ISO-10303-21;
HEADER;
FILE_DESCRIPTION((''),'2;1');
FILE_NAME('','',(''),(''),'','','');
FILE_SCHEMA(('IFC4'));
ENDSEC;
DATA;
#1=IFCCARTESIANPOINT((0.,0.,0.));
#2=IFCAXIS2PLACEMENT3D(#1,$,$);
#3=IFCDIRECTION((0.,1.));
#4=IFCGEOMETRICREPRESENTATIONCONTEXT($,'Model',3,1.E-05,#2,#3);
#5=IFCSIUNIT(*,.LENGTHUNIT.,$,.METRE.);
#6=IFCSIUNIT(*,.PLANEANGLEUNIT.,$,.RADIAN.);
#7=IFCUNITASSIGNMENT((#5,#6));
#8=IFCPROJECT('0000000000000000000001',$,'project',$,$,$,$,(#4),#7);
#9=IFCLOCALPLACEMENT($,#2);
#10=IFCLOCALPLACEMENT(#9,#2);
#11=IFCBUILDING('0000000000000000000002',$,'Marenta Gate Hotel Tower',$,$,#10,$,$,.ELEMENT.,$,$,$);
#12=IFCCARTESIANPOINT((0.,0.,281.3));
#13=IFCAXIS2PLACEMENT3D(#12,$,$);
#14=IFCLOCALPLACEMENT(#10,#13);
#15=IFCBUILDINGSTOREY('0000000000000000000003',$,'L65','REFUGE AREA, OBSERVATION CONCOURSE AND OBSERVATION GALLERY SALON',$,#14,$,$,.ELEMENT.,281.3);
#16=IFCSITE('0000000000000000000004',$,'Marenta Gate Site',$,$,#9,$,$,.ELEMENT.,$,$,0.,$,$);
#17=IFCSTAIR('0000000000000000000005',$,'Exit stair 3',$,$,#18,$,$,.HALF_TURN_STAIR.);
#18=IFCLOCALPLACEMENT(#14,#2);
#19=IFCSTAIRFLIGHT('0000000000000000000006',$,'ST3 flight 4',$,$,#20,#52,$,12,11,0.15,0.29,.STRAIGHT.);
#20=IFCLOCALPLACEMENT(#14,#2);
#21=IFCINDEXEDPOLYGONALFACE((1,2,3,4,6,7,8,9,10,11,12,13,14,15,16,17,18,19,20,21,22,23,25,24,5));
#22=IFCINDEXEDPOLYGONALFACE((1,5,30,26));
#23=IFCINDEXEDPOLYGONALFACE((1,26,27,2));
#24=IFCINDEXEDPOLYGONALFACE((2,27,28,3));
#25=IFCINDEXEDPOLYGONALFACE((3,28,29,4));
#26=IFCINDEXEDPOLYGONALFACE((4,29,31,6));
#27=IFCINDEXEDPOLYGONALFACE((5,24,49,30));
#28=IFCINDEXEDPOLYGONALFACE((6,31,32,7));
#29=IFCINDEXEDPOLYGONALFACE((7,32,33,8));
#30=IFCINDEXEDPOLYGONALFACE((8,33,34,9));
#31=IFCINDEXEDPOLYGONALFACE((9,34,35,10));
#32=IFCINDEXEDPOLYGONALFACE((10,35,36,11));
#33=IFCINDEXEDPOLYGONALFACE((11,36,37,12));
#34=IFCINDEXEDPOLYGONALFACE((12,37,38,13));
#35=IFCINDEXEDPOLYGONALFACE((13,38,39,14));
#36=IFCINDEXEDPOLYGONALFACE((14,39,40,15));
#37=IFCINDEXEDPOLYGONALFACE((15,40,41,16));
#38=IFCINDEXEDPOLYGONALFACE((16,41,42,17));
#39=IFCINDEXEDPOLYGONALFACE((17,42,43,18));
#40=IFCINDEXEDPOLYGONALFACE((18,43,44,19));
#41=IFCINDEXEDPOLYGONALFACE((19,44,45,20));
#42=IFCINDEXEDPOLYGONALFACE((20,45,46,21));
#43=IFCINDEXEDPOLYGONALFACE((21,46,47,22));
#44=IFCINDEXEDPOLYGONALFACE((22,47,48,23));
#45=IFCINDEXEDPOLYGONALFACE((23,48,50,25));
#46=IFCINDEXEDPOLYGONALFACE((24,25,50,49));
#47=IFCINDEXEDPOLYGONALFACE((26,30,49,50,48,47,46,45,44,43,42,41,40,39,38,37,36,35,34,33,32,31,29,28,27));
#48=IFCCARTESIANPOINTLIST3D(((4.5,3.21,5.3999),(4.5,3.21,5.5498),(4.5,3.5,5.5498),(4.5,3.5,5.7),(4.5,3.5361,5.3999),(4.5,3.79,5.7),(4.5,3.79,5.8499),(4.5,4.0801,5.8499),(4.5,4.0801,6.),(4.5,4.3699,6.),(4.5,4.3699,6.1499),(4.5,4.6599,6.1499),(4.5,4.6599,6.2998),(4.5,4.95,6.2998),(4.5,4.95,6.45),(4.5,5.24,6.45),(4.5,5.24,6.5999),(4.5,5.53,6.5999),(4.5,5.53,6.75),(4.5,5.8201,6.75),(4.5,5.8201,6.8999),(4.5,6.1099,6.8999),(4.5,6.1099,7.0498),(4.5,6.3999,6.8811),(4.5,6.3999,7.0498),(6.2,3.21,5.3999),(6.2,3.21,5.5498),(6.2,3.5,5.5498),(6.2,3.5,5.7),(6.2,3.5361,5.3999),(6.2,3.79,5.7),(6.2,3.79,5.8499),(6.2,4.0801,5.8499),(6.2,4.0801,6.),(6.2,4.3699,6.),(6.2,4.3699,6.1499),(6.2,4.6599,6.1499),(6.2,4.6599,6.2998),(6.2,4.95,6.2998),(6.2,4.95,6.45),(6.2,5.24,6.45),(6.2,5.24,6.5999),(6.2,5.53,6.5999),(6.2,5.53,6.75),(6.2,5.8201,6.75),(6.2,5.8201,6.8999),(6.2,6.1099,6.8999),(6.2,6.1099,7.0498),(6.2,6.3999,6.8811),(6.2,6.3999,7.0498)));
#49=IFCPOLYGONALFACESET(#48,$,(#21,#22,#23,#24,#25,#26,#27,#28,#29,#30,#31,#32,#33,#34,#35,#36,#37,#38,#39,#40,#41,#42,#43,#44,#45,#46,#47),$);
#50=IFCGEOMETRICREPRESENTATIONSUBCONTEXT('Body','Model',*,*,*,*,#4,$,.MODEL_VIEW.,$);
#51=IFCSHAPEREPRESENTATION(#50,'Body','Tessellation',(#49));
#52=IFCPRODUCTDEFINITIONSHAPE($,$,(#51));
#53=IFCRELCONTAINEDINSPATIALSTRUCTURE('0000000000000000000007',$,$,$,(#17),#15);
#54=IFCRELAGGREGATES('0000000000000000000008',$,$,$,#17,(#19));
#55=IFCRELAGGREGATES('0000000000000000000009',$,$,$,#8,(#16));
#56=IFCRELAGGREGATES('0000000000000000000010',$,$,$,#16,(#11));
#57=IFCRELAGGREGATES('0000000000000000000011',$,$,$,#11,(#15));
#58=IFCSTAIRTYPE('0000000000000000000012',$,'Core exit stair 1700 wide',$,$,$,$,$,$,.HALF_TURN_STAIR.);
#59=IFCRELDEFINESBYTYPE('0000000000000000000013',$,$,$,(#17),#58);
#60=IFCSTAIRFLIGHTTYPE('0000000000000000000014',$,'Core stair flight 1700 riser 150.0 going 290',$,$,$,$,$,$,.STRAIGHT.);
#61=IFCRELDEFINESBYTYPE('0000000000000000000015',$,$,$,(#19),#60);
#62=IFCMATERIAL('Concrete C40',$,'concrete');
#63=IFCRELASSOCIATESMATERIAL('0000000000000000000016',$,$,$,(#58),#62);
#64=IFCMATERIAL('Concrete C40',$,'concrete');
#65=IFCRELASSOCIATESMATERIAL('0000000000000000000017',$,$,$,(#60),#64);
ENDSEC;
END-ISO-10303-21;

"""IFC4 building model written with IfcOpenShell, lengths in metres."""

from ifc_helpers import new_model, si_unit, direction, frame, origin, place, context, subcontext, project, spatial, polyline, outline, extrude, material, type_object, element, aggregate, save


model = new_model("IFC4")

# Units and contexts
model_context = context("Model", 3, precision=1e-05, world=origin(), true_north=direction((0.0, 1.0)))
body_context = subcontext(model_context, "Body", "Model", "MODEL_VIEW")
ifc_project = project(units=[si_unit("LENGTHUNIT", "METRE"), si_unit("PLANEANGLEUNIT", "RADIAN")], contexts=[model_context])

# Site, building, storey
site_placement = place(None, origin())
site = spatial("IfcSite", under=ifc_project, at=site_placement, Name="Marenta Gate Site", CompositionType="ELEMENT", RefElevation=0.0)
building_placement = place(site_placement, origin())
building = spatial("IfcBuilding", under=site, at=building_placement, Name="Marenta Gate Hotel Tower", CompositionType="ELEMENT")
storey_placement = place(building_placement, frame((0.0, 0.0, 281.3)))
storey = spatial("IfcBuildingStorey", under=building, at=storey_placement, Name="L65", Description="REFUGE AREA, OBSERVATION CONCOURSE AND OBSERVATION GALLERY SALON", CompositionType="ELEMENT", Elevation=281.3)

# Stair, stair flight
ifc_material_1 = material(Name="Concrete C40", Category="concrete")
stair_type_1 = type_object("IfcStairType", Name="Core exit stair 1700 wide", PredefinedType="HALF_TURN_STAIR", material=ifc_material_1)
stair_1_placement = place(storey_placement, origin())
stair_1 = element("IfcStair", 1, at=stair_1_placement, inside=storey, type_object=stair_type_1, Name="Exit stair 3", PredefinedType="HALF_TURN_STAIR")
ifc_material_2 = material(Name="Concrete C40", Category="concrete")
stair_flight_type = type_object("IfcStairFlightType", Name="Core stair flight 1700 riser 150.0 going 290", PredefinedType="STRAIGHT", material=ifc_material_2)
stair_flight_1_placement = place(storey_placement, frame((5.3501, 3.21, 5.3999), z_axis=(0.0, 0.0, 1.0), x_axis=(0.0, 1.0, 0.0)))
stair_flight_1 = element("IfcStairFlight", 2, at=stair_flight_1_placement, type_object=stair_flight_type, Name="ST3 flight 4", NumberOfRisers=12, NumberOfTreads=11, PredefinedType="STRAIGHT", RiserHeight=0.15, TreadLength=0.29, context=body_context, shape_type="SweptSolid", body=[
    extrude(outline(polyline([(0.0, 0.0), (0.0, 0.1499), (0.29, 0.1499), (0.29, 0.3), (0.5801, 0.3), (0.5801, 0.45), (0.8701, 0.45), (0.8701, 0.6001), (1.1599, 0.6001), (1.1599, 0.75), (1.45, 0.75), (1.45, 0.8999), (1.74, 0.8999), (1.74, 1.05), (2.03, 1.05), (2.03, 1.2), (2.3201, 1.2), (2.3201, 1.3501), (2.6101, 1.3501), (2.6101, 1.5), (2.8999, 1.5), (2.8999, 1.6499), (3.1899, 1.6499), (3.1899, 1.8), (3.1899, 1.4812), (0.3262, 0.0), (0.0, 0.0)])), frame((0.0, 0.8501, 0.0), z_axis=(0.0, -1.0, 0.0), x_axis=(1.0, 0.0, 0.0)), (0.0, 0.0, 1.0), 1.7),
])
aggregate(stair_1, [stair_flight_1])

save(model, "model.ifc")
